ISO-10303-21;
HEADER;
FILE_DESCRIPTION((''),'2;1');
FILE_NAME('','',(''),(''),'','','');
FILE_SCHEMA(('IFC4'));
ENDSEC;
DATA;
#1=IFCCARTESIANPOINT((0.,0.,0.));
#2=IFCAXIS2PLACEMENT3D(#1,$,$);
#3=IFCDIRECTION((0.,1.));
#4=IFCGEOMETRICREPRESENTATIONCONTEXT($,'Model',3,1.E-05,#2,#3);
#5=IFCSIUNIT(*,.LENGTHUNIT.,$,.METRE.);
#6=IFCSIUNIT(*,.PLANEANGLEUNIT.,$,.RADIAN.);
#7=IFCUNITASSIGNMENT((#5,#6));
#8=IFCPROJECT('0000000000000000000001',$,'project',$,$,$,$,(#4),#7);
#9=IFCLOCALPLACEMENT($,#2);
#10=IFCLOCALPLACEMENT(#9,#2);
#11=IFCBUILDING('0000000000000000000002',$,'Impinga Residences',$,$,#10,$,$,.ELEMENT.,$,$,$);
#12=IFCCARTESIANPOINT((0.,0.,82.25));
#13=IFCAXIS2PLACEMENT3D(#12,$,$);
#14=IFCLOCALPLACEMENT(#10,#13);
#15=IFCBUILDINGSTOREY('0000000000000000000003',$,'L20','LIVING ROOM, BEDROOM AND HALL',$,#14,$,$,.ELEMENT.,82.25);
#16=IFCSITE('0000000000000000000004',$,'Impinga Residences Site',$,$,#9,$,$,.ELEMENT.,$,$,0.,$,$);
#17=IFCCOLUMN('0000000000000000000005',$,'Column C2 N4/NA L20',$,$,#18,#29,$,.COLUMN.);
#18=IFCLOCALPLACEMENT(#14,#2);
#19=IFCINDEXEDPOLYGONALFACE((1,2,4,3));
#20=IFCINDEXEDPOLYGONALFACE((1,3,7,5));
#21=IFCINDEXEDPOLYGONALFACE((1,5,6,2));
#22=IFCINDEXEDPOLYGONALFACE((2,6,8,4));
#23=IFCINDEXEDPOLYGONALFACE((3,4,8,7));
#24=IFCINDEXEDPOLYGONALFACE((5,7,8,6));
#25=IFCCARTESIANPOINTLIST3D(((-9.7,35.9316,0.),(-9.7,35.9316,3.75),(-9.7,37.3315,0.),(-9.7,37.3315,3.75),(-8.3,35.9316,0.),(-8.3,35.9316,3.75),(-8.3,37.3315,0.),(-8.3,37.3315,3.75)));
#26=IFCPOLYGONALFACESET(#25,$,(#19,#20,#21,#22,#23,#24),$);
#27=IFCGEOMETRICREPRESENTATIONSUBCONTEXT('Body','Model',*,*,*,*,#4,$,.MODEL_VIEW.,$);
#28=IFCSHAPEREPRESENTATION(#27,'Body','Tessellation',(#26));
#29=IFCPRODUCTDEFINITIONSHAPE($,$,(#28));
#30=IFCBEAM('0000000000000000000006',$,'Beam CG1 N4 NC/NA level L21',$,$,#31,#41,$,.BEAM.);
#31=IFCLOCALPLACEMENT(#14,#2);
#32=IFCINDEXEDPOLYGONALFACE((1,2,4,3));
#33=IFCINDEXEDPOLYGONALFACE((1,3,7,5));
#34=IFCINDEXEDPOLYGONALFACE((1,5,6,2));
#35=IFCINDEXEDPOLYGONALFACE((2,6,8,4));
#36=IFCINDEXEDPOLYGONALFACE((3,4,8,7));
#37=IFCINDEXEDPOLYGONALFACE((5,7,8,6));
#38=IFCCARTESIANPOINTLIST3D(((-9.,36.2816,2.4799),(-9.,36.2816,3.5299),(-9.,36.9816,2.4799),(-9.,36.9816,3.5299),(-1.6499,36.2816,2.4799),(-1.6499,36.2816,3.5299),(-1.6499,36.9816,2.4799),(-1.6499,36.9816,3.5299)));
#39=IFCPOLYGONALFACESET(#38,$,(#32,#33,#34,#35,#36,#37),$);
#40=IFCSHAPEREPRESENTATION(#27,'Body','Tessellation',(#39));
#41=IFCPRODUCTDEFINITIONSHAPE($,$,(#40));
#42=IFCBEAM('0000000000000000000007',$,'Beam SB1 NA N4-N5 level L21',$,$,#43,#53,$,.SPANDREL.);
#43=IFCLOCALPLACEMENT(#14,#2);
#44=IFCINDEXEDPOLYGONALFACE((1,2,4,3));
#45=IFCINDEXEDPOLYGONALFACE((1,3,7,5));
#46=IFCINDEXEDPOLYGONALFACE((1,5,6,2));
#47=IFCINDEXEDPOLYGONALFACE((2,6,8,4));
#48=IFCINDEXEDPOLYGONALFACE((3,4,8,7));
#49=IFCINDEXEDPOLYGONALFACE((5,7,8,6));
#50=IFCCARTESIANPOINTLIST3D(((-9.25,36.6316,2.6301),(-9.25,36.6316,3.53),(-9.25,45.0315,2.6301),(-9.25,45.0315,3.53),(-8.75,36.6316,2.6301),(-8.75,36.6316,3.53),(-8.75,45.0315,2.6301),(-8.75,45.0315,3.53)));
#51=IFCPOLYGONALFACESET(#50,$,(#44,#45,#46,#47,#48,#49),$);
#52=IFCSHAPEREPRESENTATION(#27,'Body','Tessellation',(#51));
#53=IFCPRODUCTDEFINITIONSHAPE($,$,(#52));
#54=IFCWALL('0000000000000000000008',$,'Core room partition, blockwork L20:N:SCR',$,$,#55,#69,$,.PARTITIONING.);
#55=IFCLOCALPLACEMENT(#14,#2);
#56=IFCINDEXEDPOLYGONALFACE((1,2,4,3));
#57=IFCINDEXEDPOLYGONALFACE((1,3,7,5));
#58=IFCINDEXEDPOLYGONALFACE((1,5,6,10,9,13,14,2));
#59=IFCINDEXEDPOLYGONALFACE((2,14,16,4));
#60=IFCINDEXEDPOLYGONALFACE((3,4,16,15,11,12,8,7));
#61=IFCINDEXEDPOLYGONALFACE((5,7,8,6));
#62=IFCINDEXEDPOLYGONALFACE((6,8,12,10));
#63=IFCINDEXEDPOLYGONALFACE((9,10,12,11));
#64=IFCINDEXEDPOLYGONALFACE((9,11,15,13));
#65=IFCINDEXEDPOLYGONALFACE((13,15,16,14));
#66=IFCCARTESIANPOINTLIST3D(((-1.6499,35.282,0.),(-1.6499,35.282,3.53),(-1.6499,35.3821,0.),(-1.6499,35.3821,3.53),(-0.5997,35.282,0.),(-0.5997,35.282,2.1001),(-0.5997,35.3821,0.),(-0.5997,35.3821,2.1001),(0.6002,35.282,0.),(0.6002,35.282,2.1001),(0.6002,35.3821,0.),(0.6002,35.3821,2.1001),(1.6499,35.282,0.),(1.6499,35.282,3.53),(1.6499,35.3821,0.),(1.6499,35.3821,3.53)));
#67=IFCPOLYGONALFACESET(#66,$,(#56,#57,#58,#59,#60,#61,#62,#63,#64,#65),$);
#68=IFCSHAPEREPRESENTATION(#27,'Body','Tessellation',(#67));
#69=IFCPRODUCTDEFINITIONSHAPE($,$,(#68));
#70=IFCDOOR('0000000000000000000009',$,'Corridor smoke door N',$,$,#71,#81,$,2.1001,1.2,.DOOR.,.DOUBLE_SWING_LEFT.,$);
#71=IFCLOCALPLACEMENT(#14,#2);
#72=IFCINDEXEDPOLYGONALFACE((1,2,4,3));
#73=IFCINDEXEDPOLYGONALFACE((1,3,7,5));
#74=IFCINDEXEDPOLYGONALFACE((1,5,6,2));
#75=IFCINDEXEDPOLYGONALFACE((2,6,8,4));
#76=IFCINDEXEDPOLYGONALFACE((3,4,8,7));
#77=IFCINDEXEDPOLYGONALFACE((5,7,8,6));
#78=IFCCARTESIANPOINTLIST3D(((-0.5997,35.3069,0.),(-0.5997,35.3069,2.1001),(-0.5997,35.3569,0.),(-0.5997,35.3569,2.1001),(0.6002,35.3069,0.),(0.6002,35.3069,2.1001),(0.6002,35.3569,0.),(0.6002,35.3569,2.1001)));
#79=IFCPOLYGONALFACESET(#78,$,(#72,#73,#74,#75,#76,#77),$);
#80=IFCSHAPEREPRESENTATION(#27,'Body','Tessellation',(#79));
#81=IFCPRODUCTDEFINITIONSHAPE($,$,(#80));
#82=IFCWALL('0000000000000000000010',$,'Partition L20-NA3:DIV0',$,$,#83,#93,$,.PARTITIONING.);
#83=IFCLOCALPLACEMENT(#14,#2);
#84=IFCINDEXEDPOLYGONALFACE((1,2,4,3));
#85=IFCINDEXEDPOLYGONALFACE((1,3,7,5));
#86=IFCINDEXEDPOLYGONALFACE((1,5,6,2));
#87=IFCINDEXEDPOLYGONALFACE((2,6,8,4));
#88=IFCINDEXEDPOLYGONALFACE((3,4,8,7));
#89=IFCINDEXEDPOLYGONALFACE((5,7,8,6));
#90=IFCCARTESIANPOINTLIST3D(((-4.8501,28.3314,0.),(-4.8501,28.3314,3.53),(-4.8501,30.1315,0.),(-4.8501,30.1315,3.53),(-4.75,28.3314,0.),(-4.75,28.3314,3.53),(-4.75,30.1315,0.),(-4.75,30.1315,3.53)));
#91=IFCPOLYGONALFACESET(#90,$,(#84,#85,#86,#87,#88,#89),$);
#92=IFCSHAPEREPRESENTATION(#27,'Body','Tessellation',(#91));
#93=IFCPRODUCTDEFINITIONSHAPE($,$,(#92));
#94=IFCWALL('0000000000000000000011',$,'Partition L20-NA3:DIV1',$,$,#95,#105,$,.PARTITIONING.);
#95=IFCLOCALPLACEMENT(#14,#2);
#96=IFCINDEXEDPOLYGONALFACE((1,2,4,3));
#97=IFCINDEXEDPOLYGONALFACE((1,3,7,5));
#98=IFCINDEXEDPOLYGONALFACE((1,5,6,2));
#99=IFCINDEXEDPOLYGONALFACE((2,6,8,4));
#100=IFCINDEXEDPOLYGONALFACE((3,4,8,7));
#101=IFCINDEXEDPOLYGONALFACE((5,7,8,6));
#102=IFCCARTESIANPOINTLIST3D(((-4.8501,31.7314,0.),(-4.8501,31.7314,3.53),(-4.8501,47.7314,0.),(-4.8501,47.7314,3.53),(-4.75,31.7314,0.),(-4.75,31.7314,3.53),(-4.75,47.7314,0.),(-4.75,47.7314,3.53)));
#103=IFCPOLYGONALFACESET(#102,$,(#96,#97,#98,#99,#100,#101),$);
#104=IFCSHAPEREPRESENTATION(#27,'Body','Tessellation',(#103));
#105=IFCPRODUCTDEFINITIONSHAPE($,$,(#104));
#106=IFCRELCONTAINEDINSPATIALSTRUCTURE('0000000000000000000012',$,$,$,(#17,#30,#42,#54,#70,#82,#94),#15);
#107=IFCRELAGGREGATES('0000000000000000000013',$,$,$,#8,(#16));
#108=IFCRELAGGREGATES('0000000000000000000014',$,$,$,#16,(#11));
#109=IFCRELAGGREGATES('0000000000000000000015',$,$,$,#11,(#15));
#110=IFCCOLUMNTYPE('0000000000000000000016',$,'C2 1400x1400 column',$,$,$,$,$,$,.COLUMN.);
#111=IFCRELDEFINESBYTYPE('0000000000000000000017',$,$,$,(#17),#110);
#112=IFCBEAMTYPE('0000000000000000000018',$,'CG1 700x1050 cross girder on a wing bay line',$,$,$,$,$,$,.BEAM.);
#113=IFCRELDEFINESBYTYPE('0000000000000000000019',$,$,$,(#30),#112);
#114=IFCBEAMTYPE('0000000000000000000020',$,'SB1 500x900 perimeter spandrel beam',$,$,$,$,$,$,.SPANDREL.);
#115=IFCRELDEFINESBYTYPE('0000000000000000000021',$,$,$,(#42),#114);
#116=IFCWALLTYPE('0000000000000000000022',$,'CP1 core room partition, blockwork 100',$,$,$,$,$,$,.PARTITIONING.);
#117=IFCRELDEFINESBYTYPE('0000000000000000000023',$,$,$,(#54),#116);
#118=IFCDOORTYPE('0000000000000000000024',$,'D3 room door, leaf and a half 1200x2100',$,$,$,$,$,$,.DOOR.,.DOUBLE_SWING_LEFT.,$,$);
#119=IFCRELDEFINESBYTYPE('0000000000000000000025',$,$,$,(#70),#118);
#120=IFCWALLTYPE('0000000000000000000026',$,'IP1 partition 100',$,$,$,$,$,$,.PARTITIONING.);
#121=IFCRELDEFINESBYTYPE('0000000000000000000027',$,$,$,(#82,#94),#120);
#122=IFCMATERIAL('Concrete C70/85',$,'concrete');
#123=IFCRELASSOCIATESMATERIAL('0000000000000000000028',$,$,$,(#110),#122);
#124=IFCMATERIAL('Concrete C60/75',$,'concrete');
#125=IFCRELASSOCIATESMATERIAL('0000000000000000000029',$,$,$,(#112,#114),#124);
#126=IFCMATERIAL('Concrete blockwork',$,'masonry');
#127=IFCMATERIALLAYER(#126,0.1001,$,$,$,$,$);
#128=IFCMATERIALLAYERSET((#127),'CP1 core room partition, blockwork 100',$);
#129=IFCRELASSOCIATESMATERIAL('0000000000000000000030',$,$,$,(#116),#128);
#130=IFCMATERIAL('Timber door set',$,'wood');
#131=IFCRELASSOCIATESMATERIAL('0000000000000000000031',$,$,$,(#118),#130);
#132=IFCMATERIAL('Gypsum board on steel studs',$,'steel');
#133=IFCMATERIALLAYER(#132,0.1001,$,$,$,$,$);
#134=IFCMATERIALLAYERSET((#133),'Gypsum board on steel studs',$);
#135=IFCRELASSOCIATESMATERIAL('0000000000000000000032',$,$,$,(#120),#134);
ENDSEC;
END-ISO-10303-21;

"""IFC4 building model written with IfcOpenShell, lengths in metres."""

from ifc_helpers import new_model, si_unit, direction, frame, frame_2d, origin, origin_2d, place, context, subcontext, project, spatial, rectangle, extrude, material, layer, layer_set, material_profile, profile_set, type_object, element, fill, save


model = new_model("IFC4")

# Units and contexts
model_context = context("Model", 3, precision=1e-05, world=origin(), true_north=direction((0.0, 1.0)))
body_context = subcontext(model_context, "Body", "Model", "MODEL_VIEW")
ifc_project = project(units=[si_unit("LENGTHUNIT", "METRE"), si_unit("PLANEANGLEUNIT", "RADIAN")], contexts=[model_context])

# Site, building, storey
site_placement = place(None, origin())
site = spatial("IfcSite", under=ifc_project, at=site_placement, Name="Impinga Residences Site", CompositionType="ELEMENT", RefElevation=0.0)
building_placement = place(site_placement, origin())
building = spatial("IfcBuilding", under=site, at=building_placement, Name="Impinga Residences", CompositionType="ELEMENT")
storey_placement = place(building_placement, frame((0.0, 0.0, 82.25)))
storey = spatial("IfcBuildingStorey", under=building, at=storey_placement, Name="L20", Description="LIVING ROOM, BEDROOM AND HALL", CompositionType="ELEMENT", Elevation=82.25)

# Column
ifc_material_1 = material(Name="Concrete C70/85", Category="concrete")
ifc_material_profile_1 = material_profile(ifc_material_1, rectangle(XDim=1.3999, YDim=1.3999, at=origin_2d()), Name="RC 1400x1400")
ifc_profile_set_1 = profile_set([ifc_material_profile_1], Name="Concrete C70/85")
column_type = type_object("IfcColumnType", Name="C2 1400x1400 column", PredefinedType="COLUMN", material=ifc_profile_set_1)
column_placement = place(storey_placement, frame((-9.0, 36.6316, 0.0), z_axis=(0.0, 0.0, 1.0), x_axis=(1.0, 0.0, 0.0)))
element("IfcColumn", 1, at=column_placement, inside=storey, type_object=column_type, Name="Column C2 N4/NA L20", PredefinedType="COLUMN", context=body_context, shape_type="SweptSolid", body=[
    extrude(rectangle(XDim=1.3999, YDim=1.3999, at=origin_2d()), origin(), (0.0, 0.0, 1.0), 3.75),
])

# Beams
ifc_material_2 = material(Name="Concrete C60/75", Category="concrete")
ifc_material_profile_2 = material_profile(ifc_material_2, rectangle(XDim=0.7, YDim=1.05, at=origin_2d()), Name="RC 700x1050")
ifc_profile_set_2 = profile_set([ifc_material_profile_2], Name="Concrete C60/75")
beam_type_1 = type_object("IfcBeamType", Name="CG1 700x1050 cross girder on a wing bay line", PredefinedType="BEAM", material=ifc_profile_set_2)
beam_1_placement = place(storey_placement, frame((-1.6499, 36.6316, 3.0049), z_axis=(-1.0, 0.0, 0.0), x_axis=(0.0, -1.0, 0.0)))
element("IfcBeam", 2, at=beam_1_placement, inside=storey, type_object=beam_type_1, Name="Beam CG1 N4 NC/NA level L21", PredefinedType="BEAM", context=body_context, shape_type="SweptSolid", body=[
    extrude(rectangle(XDim=0.7, YDim=1.05, at=origin_2d()), origin(), (0.0, 0.0, 1.0), 7.3501),
])
ifc_material_profile_3 = material_profile(ifc_material_2, rectangle(XDim=0.5, YDim=0.8999, at=origin_2d()), Name="RC 500x900")
ifc_profile_set_3 = profile_set([ifc_material_profile_3], Name="Concrete C60/75")
beam_type_2 = type_object("IfcBeamType", Name="SB1 500x900 perimeter spandrel beam", PredefinedType="SPANDREL", material=ifc_profile_set_3)
beam_2_placement = place(storey_placement, frame((-9.0, 36.6316, 3.0801), z_axis=(0.0, 1.0, 0.0), x_axis=(-1.0, 0.0, 0.0)))
element("IfcBeam", 3, at=beam_2_placement, inside=storey, type_object=beam_type_2, Name="Beam SB1 NA N4-N5 level L21", PredefinedType="SPANDREL", context=body_context, shape_type="SweptSolid", body=[
    extrude(rectangle(XDim=0.5, YDim=0.8999, at=origin_2d()), origin(), (0.0, 0.0, 1.0), 8.3999),
])

# Wall, opening, door
ifc_material_3 = material(Name="Concrete blockwork", Category="masonry")
ifc_layer_1 = layer(ifc_material_3, 0.1001)
ifc_layer_set_1 = layer_set([ifc_layer_1], Name="CP1 core room partition, blockwork 100")
wall_type_1 = type_object("IfcWallType", Name="CP1 core room partition, blockwork 100", PredefinedType="PARTITIONING", material=ifc_layer_set_1)
wall_1_placement = place(storey_placement, frame((-1.6499, 35.332, 0.0), z_axis=(0.0, 0.0, 1.0), x_axis=(1.0, 0.0, 0.0)))
wall_1 = element("IfcWall", 4, at=wall_1_placement, inside=storey, type_object=wall_type_1, Name="Core room partition, blockwork L20:N:SCR", PredefinedType="PARTITIONING", context=body_context, shape_type="SweptSolid", body=[
    extrude(rectangle(XDim=3.2998, YDim=0.1001, at=frame_2d((1.6499, 0.0))), origin(), (0.0, 0.0, 1.0), 3.53),
])
opening_1_placement = place(wall_1_placement, frame((1.05, 0.0, 0.0)))
opening_1 = element("IfcOpeningElement", 5, at=opening_1_placement, cuts=wall_1, PredefinedType="OPENING", context=body_context, shape_type="SweptSolid", body=[
    extrude(rectangle(XDim=1.2, YDim=2.1001, at=frame_2d((0.6001, 1.05))), frame((0.0, 0.0601, 0.0), z_axis=(0.0, -1.0, 0.0), x_axis=(1.0, 0.0, 0.0)), (0.0, 0.0, 1.0), 0.1201),
])
ifc_material_4 = material(Name="Timber door set", Category="wood")
door_type_1 = type_object("IfcDoorType", Name="D3 room door, leaf and a half 1200x2100", OperationType="DOUBLE_SWING_LEFT", PredefinedType="DOOR", material=ifc_material_4)
door_1_placement = place(opening_1_placement, origin())
door_1 = element("IfcDoor", 6, at=door_1_placement, inside=storey, type_object=door_type_1, Name="Corridor smoke door N", OperationType="DOUBLE_SWING_LEFT", OverallHeight=2.1001, OverallWidth=1.2, PredefinedType="DOOR", context=body_context, shape_type="SweptSolid", body=[
    extrude(rectangle(XDim=1.2, YDim=2.1001, at=frame_2d((0.6001, 1.05))), frame((0.0, 0.0249, 0.0), z_axis=(0.0, -1.0, 0.0), x_axis=(1.0, 0.0, 0.0)), (0.0, 0.0, 1.0), 0.05),
])
fill(opening_1, door_1)

# Walls
ifc_material_5 = material(Name="Gypsum board on steel studs", Category="steel")
ifc_layer_2 = layer(ifc_material_5, 0.1001)
ifc_layer_set_2 = layer_set([ifc_layer_2], Name="Gypsum board on steel studs")
wall_type_2 = type_object("IfcWallType", Name="IP1 partition 100", PredefinedType="PARTITIONING", material=ifc_layer_set_2)
wall_2_placement = place(storey_placement, frame((-4.8, 28.3315, 0.0), z_axis=(0.0, 0.0, 1.0), x_axis=(0.0, 1.0, 0.0)))
element("IfcWall", 7, at=wall_2_placement, inside=storey, type_object=wall_type_2, Name="Partition L20-NA3:DIV0", PredefinedType="PARTITIONING", context=body_context, shape_type="SweptSolid", body=[
    extrude(rectangle(XDim=1.8, YDim=0.1001, at=frame_2d((0.8999, 0.0))), origin(), (0.0, 0.0, 1.0), 3.53),
])
wall_3_placement = place(storey_placement, frame((-4.8, 31.7314, 0.0), z_axis=(0.0, 0.0, 1.0), x_axis=(0.0, 1.0, 0.0)))
element("IfcWall", 8, at=wall_3_placement, inside=storey, type_object=wall_type_2, Name="Partition L20-NA3:DIV1", PredefinedType="PARTITIONING", context=body_context, shape_type="SweptSolid", body=[
    extrude(rectangle(XDim=16.0, YDim=0.1001, at=frame_2d((8.0, 0.0))), origin(), (0.0, 0.0, 1.0), 3.53),
])

save(model, "model.ifc")
